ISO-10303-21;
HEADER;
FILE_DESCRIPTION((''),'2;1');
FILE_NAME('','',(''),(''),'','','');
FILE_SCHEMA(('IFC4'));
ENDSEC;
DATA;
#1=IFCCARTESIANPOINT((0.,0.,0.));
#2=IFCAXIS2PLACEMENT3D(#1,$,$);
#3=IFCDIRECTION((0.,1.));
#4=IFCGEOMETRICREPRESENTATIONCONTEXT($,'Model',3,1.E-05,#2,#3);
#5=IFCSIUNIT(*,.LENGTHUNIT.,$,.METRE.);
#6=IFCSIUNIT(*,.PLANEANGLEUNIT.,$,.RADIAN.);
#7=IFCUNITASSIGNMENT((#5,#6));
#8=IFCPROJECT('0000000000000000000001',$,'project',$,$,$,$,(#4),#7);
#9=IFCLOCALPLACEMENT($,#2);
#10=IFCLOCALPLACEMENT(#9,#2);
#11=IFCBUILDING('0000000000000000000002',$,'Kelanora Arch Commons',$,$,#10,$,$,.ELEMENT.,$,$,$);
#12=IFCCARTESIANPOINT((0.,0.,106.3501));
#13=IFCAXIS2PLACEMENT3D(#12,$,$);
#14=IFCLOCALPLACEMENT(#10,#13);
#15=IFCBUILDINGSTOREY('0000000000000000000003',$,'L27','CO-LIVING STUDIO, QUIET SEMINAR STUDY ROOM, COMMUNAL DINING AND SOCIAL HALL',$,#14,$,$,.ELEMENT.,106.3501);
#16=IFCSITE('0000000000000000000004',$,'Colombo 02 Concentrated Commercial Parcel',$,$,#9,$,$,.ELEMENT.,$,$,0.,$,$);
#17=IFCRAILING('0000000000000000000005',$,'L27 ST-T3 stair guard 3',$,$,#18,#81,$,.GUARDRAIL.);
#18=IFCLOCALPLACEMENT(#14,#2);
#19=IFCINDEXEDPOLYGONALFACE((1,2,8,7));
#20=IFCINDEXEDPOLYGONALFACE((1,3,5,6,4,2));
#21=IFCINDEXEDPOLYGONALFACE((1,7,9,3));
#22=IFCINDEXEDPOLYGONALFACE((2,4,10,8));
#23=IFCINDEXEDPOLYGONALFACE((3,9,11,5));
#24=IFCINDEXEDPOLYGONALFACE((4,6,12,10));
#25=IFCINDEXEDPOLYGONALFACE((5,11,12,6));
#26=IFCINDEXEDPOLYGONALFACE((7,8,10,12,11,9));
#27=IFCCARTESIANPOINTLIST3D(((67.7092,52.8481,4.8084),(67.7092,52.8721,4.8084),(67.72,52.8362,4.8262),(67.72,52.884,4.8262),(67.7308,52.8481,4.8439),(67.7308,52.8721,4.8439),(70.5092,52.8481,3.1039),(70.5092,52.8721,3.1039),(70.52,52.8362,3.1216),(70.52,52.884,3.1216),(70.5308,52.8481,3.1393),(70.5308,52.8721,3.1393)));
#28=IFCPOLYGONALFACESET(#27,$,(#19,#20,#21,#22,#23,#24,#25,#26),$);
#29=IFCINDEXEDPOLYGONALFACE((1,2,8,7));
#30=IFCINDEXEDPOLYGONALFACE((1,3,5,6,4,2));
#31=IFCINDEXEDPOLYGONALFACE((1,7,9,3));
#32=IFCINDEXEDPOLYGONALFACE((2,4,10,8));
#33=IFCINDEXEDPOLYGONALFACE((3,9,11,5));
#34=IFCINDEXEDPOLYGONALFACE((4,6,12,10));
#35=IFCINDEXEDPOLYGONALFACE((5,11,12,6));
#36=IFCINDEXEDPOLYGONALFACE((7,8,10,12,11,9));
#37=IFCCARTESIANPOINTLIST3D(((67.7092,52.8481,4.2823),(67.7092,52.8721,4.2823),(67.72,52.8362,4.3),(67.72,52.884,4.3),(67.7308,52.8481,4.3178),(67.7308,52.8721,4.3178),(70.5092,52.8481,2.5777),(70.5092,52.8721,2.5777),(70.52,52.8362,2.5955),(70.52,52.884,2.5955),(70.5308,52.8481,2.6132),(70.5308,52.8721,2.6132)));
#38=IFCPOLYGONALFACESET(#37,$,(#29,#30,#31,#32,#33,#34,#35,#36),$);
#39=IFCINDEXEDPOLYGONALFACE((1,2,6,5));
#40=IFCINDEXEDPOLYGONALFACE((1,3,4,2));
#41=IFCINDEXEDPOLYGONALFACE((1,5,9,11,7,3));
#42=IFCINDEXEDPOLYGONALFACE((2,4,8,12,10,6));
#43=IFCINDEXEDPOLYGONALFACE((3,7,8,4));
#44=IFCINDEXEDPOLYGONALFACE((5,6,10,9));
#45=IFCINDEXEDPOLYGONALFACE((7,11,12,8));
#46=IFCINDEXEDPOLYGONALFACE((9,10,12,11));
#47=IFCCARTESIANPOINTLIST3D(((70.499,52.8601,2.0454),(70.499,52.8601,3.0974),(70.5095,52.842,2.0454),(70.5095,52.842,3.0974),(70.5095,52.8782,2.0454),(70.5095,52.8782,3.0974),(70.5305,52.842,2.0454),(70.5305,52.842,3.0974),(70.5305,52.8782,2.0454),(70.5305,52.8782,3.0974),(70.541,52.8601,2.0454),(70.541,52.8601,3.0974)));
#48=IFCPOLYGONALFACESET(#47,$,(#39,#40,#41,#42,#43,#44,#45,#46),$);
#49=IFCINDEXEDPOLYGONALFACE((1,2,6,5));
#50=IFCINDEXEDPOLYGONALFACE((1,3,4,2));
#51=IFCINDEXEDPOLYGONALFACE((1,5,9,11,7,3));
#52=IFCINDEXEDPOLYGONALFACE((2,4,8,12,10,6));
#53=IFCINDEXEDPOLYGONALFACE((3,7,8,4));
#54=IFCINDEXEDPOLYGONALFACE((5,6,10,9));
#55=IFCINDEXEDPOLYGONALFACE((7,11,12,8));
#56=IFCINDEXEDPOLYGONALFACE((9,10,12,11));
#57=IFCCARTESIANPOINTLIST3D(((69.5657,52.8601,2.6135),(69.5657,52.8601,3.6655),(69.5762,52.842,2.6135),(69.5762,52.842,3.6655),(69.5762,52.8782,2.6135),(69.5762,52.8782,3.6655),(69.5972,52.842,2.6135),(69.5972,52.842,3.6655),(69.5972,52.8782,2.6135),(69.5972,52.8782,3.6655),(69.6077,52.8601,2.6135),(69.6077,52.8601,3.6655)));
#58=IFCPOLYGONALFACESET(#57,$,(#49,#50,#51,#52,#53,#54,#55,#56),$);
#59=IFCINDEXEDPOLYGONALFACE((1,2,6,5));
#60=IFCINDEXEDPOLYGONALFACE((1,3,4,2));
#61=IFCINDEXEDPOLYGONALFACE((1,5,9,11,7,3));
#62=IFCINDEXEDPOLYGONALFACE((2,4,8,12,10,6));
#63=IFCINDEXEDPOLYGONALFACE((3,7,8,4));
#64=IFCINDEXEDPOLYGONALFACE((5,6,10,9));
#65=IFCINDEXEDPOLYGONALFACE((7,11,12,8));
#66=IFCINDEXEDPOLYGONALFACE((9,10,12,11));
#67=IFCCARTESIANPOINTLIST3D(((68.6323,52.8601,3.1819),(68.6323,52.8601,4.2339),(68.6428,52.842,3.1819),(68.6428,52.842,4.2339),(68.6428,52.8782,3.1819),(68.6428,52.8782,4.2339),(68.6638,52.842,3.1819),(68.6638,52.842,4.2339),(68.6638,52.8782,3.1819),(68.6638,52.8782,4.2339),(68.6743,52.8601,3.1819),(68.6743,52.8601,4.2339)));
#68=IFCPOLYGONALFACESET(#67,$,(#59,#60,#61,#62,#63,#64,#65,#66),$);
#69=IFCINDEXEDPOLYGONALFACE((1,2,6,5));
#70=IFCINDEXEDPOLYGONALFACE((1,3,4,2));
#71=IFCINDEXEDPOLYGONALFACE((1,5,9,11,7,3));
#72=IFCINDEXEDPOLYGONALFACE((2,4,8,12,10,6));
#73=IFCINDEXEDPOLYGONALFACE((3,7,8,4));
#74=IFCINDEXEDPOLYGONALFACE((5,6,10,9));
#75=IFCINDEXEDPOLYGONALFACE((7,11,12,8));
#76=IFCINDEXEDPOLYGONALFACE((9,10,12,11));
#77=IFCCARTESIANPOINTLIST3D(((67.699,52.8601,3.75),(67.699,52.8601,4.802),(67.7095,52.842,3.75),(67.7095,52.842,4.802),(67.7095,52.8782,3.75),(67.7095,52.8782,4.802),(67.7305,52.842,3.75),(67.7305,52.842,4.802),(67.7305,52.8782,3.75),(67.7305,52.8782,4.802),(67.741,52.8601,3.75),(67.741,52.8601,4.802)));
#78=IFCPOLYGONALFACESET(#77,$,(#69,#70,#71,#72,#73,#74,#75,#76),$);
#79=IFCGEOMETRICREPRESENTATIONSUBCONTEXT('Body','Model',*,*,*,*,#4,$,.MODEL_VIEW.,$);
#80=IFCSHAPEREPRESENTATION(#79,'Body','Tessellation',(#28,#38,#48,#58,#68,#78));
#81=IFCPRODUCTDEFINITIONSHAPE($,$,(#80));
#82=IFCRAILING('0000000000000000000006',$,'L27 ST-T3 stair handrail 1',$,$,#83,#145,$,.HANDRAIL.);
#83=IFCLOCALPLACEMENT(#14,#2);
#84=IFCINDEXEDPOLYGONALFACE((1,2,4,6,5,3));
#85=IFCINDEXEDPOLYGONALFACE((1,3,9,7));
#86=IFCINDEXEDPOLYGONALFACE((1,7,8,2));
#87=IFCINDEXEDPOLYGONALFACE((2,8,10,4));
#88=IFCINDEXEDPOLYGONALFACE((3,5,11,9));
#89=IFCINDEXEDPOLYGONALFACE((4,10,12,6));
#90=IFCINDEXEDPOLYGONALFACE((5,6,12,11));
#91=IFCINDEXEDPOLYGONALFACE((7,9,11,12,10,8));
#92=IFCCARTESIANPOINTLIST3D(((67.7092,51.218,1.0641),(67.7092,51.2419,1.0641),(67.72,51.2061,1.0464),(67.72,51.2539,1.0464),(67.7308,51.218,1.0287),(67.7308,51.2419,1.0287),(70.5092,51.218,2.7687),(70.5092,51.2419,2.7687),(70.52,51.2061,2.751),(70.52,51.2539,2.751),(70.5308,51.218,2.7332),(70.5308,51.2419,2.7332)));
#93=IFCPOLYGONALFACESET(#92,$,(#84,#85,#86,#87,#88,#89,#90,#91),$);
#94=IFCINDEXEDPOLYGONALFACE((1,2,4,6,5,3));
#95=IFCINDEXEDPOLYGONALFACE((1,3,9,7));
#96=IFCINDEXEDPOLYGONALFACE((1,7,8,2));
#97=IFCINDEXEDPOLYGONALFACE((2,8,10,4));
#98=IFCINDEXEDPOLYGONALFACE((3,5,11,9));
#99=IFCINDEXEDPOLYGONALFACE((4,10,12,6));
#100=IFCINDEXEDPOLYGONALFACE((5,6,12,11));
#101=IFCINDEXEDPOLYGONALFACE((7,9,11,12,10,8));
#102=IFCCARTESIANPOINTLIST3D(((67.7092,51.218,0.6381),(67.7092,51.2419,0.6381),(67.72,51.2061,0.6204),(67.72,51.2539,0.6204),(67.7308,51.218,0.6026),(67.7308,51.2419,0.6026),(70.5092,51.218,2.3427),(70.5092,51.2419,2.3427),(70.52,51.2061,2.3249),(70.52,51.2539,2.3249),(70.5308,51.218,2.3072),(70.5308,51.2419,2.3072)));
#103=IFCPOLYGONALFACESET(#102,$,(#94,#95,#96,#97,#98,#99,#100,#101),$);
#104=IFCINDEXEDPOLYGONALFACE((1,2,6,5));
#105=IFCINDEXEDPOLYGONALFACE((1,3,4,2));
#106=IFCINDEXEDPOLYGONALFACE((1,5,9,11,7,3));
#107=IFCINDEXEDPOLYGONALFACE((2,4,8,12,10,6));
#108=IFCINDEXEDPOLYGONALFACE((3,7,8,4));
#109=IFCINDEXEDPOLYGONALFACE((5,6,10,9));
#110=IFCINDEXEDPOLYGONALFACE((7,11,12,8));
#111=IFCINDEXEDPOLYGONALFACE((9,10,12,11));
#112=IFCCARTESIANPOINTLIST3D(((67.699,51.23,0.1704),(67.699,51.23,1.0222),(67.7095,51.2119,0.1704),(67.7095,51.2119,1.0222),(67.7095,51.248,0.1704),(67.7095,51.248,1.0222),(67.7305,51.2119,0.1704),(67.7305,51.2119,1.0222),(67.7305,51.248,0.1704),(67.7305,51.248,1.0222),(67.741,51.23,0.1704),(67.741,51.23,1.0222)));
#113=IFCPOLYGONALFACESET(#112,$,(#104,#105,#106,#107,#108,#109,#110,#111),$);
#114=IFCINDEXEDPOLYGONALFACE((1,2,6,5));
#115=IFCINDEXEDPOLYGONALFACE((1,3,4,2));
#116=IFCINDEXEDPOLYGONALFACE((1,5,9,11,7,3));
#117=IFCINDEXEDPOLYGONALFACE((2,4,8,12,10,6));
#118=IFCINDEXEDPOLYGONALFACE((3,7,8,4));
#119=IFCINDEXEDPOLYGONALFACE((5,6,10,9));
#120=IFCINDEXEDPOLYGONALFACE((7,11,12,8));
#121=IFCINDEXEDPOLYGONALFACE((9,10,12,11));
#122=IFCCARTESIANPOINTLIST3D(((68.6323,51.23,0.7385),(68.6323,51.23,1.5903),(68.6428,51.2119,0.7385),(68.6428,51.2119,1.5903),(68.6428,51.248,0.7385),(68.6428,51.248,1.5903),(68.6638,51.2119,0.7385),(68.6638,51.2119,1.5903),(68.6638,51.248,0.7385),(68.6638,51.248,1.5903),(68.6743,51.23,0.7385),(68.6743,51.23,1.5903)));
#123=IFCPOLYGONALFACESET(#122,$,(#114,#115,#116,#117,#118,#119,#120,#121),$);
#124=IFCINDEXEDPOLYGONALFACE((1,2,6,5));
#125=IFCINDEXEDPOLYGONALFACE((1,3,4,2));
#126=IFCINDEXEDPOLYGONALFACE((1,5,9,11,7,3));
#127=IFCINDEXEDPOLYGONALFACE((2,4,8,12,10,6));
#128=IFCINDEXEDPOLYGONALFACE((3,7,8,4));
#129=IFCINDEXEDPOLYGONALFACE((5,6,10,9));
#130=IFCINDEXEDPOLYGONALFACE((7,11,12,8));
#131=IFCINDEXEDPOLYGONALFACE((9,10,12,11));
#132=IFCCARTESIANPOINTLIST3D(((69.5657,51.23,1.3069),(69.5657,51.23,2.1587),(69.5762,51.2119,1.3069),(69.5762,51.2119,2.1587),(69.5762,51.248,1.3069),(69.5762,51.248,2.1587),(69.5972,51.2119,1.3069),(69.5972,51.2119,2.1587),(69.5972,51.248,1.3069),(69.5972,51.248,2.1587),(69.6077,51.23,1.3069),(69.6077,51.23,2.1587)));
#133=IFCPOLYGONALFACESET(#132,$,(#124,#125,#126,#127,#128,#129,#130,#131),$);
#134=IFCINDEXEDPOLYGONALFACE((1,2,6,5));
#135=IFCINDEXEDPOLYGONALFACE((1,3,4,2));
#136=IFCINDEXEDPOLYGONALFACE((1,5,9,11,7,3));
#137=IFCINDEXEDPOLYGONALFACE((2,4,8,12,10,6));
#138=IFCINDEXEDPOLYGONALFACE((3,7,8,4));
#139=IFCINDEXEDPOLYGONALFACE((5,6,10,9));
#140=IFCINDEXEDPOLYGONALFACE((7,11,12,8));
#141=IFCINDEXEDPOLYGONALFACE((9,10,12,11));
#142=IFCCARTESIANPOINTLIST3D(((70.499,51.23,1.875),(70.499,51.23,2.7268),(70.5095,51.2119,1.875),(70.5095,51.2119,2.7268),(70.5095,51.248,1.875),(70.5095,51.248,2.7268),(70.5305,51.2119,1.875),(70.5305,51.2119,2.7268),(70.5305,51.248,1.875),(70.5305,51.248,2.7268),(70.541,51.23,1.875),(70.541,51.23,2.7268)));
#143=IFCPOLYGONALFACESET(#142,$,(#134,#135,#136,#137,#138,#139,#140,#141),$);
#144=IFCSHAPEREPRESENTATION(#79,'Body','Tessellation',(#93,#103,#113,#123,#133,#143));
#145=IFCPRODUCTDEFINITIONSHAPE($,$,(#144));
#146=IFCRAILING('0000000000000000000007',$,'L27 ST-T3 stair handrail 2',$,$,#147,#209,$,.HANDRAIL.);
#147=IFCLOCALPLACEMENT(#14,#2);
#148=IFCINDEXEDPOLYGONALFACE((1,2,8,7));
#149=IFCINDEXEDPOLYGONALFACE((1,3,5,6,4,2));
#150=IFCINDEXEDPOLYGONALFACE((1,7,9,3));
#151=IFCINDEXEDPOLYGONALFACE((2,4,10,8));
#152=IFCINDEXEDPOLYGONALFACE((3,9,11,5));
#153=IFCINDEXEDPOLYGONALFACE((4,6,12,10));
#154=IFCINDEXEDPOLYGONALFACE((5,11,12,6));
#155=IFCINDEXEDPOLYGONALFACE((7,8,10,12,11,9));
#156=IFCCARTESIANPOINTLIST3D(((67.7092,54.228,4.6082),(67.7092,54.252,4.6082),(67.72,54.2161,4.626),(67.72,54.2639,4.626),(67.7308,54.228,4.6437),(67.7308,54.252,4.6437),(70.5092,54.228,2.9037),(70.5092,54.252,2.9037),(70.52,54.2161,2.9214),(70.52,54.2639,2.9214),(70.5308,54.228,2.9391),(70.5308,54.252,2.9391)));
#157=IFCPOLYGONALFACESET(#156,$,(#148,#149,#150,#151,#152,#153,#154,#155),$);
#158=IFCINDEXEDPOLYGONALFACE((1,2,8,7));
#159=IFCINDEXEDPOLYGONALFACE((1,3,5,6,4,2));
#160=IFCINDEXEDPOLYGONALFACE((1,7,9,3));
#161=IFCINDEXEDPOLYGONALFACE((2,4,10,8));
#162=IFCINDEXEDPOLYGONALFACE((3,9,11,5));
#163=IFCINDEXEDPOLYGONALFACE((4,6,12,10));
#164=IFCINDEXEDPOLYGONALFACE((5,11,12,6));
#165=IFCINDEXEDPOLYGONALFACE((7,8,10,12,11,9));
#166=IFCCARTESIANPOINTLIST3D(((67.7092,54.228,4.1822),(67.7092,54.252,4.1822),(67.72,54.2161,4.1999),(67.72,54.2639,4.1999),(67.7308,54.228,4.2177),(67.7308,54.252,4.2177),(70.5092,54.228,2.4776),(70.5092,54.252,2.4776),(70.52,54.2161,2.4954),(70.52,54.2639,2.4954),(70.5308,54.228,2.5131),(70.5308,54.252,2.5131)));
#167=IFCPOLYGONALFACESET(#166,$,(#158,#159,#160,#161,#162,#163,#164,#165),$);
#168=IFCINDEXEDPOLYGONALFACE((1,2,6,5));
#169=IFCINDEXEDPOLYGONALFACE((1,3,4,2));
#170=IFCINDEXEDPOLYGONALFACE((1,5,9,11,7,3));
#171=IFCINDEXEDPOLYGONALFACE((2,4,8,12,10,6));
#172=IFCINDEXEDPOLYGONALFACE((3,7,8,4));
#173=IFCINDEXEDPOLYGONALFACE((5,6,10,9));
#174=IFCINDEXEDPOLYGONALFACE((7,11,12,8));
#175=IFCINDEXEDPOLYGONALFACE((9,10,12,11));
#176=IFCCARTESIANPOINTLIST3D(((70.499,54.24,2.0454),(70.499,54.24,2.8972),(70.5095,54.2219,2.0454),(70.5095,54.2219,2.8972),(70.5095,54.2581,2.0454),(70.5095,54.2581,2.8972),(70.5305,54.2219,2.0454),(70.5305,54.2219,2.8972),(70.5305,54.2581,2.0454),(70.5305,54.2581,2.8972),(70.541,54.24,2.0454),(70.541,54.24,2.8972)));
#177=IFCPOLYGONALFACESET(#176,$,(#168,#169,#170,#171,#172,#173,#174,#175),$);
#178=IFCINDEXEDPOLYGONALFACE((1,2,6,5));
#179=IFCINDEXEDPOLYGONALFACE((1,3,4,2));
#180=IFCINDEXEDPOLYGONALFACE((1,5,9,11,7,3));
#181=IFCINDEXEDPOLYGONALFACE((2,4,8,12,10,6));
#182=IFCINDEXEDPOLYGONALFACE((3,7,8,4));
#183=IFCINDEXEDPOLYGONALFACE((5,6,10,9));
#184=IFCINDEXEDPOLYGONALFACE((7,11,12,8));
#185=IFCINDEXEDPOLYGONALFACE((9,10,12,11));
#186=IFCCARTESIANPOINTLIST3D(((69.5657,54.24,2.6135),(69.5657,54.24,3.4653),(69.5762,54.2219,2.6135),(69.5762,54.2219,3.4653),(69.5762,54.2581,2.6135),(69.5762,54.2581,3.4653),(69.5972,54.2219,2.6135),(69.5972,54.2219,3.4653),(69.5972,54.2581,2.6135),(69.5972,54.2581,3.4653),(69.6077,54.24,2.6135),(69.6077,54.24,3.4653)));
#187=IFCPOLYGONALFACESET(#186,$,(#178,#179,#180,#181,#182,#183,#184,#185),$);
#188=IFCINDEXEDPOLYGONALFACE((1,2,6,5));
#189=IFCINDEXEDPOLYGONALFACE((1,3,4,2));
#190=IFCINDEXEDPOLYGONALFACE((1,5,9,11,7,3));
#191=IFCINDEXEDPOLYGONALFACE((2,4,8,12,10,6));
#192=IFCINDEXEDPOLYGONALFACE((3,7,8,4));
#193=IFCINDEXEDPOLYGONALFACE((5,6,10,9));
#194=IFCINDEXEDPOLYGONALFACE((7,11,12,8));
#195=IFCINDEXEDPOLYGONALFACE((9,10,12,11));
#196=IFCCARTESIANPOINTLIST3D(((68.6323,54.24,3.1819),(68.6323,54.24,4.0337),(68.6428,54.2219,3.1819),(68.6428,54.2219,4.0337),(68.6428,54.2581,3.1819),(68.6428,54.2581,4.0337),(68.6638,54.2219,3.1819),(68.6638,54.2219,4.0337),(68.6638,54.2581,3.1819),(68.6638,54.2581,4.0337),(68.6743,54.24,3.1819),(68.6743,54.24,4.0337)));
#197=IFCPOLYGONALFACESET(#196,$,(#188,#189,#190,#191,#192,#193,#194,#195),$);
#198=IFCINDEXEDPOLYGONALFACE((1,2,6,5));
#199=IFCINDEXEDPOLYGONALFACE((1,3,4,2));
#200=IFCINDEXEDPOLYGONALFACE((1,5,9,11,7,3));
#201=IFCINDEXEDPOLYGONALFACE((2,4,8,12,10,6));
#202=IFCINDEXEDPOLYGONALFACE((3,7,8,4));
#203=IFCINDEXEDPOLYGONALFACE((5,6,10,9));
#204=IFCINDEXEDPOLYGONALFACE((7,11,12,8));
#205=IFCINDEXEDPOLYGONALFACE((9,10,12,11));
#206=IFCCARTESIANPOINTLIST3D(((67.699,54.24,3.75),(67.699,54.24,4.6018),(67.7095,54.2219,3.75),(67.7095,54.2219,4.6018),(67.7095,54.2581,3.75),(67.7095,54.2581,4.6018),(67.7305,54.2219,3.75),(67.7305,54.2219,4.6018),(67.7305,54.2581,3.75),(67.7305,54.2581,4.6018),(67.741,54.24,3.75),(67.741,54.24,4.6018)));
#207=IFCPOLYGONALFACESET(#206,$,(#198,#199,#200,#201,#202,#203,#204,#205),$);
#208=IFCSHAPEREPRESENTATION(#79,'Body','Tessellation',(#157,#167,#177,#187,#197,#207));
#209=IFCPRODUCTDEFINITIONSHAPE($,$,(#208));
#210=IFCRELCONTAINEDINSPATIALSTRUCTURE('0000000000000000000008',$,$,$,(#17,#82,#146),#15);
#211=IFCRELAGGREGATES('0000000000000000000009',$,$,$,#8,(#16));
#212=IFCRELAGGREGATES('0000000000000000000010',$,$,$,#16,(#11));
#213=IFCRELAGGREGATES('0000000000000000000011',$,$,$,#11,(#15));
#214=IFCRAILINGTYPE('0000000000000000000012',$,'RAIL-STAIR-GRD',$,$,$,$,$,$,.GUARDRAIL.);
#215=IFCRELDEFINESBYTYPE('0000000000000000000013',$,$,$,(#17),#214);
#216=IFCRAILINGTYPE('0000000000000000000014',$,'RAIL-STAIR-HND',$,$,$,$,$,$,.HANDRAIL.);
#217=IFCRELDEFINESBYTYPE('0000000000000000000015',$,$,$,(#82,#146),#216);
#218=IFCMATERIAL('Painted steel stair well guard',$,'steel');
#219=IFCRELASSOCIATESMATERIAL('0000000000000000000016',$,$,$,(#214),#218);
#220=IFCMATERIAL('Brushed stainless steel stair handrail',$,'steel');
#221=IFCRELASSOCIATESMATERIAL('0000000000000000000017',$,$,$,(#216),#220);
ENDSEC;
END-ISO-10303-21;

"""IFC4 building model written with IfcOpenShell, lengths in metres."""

from ifc_helpers import new_model, si_unit, direction, frame, origin, place, context, subcontext, project, spatial, polyline, outline, extrude, material, type_object, element, save


model = new_model("IFC4")

# Units and contexts
model_context = context("Model", 3, precision=1e-05, world=origin(), true_north=direction((0.0, 1.0)))
body_context = subcontext(model_context, "Body", "Model", "MODEL_VIEW")
ifc_project = project(units=[si_unit("LENGTHUNIT", "METRE"), si_unit("PLANEANGLEUNIT", "RADIAN")], contexts=[model_context])

# Site, building, storey
site_placement = place(None, origin())
site = spatial("IfcSite", under=ifc_project, at=site_placement, Name="Colombo 02 Concentrated Commercial Parcel", CompositionType="ELEMENT", RefElevation=0.0)
building_placement = place(site_placement, origin())
building = spatial("IfcBuilding", under=site, at=building_placement, Name="Kelanora Arch Commons", CompositionType="ELEMENT")
storey_placement = place(building_placement, frame((0.0, 0.0, 106.3501)))
storey = spatial("IfcBuildingStorey", under=building, at=storey_placement, Name="L27", Description="CO-LIVING STUDIO, QUIET SEMINAR STUDY ROOM, COMMUNAL DINING AND SOCIAL HALL", CompositionType="ELEMENT", Elevation=106.3501)

# Railings
ifc_material_1 = material(Name="Painted steel stair well guard", Category="steel")
railing_type_1 = type_object("IfcRailingType", Name="RAIL-STAIR-GRD", PredefinedType="GUARDRAIL", material=ifc_material_1)
railing_1_placement = place(storey_placement, frame((70.52, 52.8601, 2.0454)))
element("IfcRailing", 1, at=railing_1_placement, inside=storey, type_object=railing_type_1, Name="L27 ST-T3 stair guard 3", PredefinedType="GUARDRAIL", context=body_context, shape_type="SweptSolid", body=[
    extrude(outline(polyline([(0.0239, 0.0), (0.012, 0.0208), (-0.012, 0.0208), (-0.0239, 0.0), (-0.012, -0.0208), (0.012, -0.0208), (0.0239, 0.0)])), frame((0.0, 0.0, 1.0762), z_axis=(-0.85417, 0.0, 0.519994), x_axis=(0.0, -1.0, 0.0)), (0.0, 0.0, 1.0), 3.2781),
    extrude(outline(polyline([(0.0239, 0.0), (0.012, 0.0208), (-0.012, 0.0208), (-0.0239, 0.0), (-0.012, -0.0208), (0.012, -0.0208), (0.0239, 0.0)])), frame((0.0, 0.0, 0.55), z_axis=(-0.85417, 0.0, 0.519994), x_axis=(0.0, -1.0, 0.0)), (0.0, 0.0, 1.0), 3.2781),
    extrude(outline(polyline([(0.021, 0.0), (0.0105, 0.0181), (-0.0105, 0.0181), (-0.021, 0.0), (-0.0105, -0.0181), (0.0105, -0.0181), (0.021, 0.0)])), origin(), (0.0, 0.0, 1.0), 1.052),
    extrude(outline(polyline([(0.021, 0.0), (0.0105, 0.0181), (-0.0105, 0.0181), (-0.021, 0.0), (-0.0105, -0.0181), (0.0105, -0.0181), (0.021, 0.0)])), frame((-0.9333, 0.0, 0.5681)), (0.0, 0.0, 1.0), 1.052),
    extrude(outline(polyline([(0.021, 0.0), (0.0105, 0.0181), (-0.0105, 0.0181), (-0.021, 0.0), (-0.0105, -0.0181), (0.0105, -0.0181), (0.021, 0.0)])), frame((-1.8667, 0.0, 1.1365)), (0.0, 0.0, 1.0), 1.052),
    extrude(outline(polyline([(0.021, 0.0), (0.0105, 0.0181), (-0.0105, 0.0181), (-0.021, 0.0), (-0.0105, -0.0181), (0.0105, -0.0181), (0.021, 0.0)])), frame((-2.8, 0.0, 1.7046)), (0.0, 0.0, 1.0), 1.052),
])
ifc_material_2 = material(Name="Brushed stainless steel stair handrail", Category="steel")
railing_type_2 = type_object("IfcRailingType", Name="RAIL-STAIR-HND", PredefinedType="HANDRAIL", material=ifc_material_2)
railing_2_placement = place(storey_placement, frame((67.72, 51.23, 0.1704)))
element("IfcRailing", 2, at=railing_2_placement, inside=storey, type_object=railing_type_2, Name="L27 ST-T3 stair handrail 1", PredefinedType="HANDRAIL", context=body_context, shape_type="SweptSolid", body=[
    extrude(outline(polyline([(0.0239, 0.0), (0.012, 0.0208), (-0.012, 0.0208), (-0.0239, 0.0), (-0.012, -0.0208), (0.012, -0.0208), (0.0239, 0.0)])), frame((0.0, 0.0, 0.876), z_axis=(0.85417, 0.0, 0.519994), x_axis=(0.0, 1.0, 0.0)), (0.0, 0.0, 1.0), 3.2781),
    extrude(outline(polyline([(0.0239, 0.0), (0.012, 0.0208), (-0.012, 0.0208), (-0.0239, 0.0), (-0.012, -0.0208), (0.012, -0.0208), (0.0239, 0.0)])), frame((0.0, 0.0, 0.45), z_axis=(0.85417, 0.0, 0.519994), x_axis=(0.0, 1.0, 0.0)), (0.0, 0.0, 1.0), 3.2781),
    extrude(outline(polyline([(0.021, 0.0), (0.0105, 0.0181), (-0.0105, 0.0181), (-0.021, 0.0), (-0.0105, -0.0181), (0.0105, -0.0181), (0.021, 0.0)])), origin(), (0.0, 0.0, 1.0), 0.8518),
    extrude(outline(polyline([(0.021, 0.0), (0.0105, 0.0181), (-0.0105, 0.0181), (-0.021, 0.0), (-0.0105, -0.0181), (0.0105, -0.0181), (0.021, 0.0)])), frame((0.9333, 0.0, 0.5681)), (0.0, 0.0, 1.0), 0.8518),
    extrude(outline(polyline([(0.021, 0.0), (0.0105, 0.0181), (-0.0105, 0.0181), (-0.021, 0.0), (-0.0105, -0.0181), (0.0105, -0.0181), (0.021, 0.0)])), frame((1.8667, 0.0, 1.1365)), (0.0, 0.0, 1.0), 0.8518),
    extrude(outline(polyline([(0.021, 0.0), (0.0105, 0.0181), (-0.0105, 0.0181), (-0.021, 0.0), (-0.0105, -0.0181), (0.0105, -0.0181), (0.021, 0.0)])), frame((2.8, 0.0, 1.7046)), (0.0, 0.0, 1.0), 0.8518),
])
railing_3_placement = place(storey_placement, frame((70.52, 54.24, 2.0454)))
element("IfcRailing", 3, at=railing_3_placement, inside=storey, type_object=railing_type_2, Name="L27 ST-T3 stair handrail 2", PredefinedType="HANDRAIL", context=body_context, shape_type="SweptSolid", body=[
    extrude(outline(polyline([(0.0239, 0.0), (0.012, 0.0208), (-0.012, 0.0208), (-0.0239, 0.0), (-0.012, -0.0208), (0.012, -0.0208), (0.0239, 0.0)])), frame((0.0, 0.0, 0.876), z_axis=(-0.85417, 0.0, 0.519994), x_axis=(0.0, -1.0, 0.0)), (0.0, 0.0, 1.0), 3.2781),
    extrude(outline(polyline([(0.0239, 0.0), (0.012, 0.0208), (-0.012, 0.0208), (-0.0239, 0.0), (-0.012, -0.0208), (0.012, -0.0208), (0.0239, 0.0)])), frame((0.0, 0.0, 0.45), z_axis=(-0.85417, 0.0, 0.519994), x_axis=(0.0, -1.0, 0.0)), (0.0, 0.0, 1.0), 3.2781),
    extrude(outline(polyline([(0.021, 0.0), (0.0105, 0.0181), (-0.0105, 0.0181), (-0.021, 0.0), (-0.0105, -0.0181), (0.0105, -0.0181), (0.021, 0.0)])), origin(), (0.0, 0.0, 1.0), 0.8518),
    extrude(outline(polyline([(0.021, 0.0), (0.0105, 0.0181), (-0.0105, 0.0181), (-0.021, 0.0), (-0.0105, -0.0181), (0.0105, -0.0181), (0.021, 0.0)])), frame((-0.9333, 0.0, 0.5681)), (0.0, 0.0, 1.0), 0.8518),
    extrude(outline(polyline([(0.021, 0.0), (0.0105, 0.0181), (-0.0105, 0.0181), (-0.021, 0.0), (-0.0105, -0.0181), (0.0105, -0.0181), (0.021, 0.0)])), frame((-1.8667, 0.0, 1.1365)), (0.0, 0.0, 1.0), 0.8518),
    extrude(outline(polyline([(0.021, 0.0), (0.0105, 0.0181), (-0.0105, 0.0181), (-0.021, 0.0), (-0.0105, -0.0181), (0.0105, -0.0181), (0.021, 0.0)])), frame((-2.8, 0.0, 1.7046)), (0.0, 0.0, 1.0), 0.8518),
])

save(model, "model.ifc")
